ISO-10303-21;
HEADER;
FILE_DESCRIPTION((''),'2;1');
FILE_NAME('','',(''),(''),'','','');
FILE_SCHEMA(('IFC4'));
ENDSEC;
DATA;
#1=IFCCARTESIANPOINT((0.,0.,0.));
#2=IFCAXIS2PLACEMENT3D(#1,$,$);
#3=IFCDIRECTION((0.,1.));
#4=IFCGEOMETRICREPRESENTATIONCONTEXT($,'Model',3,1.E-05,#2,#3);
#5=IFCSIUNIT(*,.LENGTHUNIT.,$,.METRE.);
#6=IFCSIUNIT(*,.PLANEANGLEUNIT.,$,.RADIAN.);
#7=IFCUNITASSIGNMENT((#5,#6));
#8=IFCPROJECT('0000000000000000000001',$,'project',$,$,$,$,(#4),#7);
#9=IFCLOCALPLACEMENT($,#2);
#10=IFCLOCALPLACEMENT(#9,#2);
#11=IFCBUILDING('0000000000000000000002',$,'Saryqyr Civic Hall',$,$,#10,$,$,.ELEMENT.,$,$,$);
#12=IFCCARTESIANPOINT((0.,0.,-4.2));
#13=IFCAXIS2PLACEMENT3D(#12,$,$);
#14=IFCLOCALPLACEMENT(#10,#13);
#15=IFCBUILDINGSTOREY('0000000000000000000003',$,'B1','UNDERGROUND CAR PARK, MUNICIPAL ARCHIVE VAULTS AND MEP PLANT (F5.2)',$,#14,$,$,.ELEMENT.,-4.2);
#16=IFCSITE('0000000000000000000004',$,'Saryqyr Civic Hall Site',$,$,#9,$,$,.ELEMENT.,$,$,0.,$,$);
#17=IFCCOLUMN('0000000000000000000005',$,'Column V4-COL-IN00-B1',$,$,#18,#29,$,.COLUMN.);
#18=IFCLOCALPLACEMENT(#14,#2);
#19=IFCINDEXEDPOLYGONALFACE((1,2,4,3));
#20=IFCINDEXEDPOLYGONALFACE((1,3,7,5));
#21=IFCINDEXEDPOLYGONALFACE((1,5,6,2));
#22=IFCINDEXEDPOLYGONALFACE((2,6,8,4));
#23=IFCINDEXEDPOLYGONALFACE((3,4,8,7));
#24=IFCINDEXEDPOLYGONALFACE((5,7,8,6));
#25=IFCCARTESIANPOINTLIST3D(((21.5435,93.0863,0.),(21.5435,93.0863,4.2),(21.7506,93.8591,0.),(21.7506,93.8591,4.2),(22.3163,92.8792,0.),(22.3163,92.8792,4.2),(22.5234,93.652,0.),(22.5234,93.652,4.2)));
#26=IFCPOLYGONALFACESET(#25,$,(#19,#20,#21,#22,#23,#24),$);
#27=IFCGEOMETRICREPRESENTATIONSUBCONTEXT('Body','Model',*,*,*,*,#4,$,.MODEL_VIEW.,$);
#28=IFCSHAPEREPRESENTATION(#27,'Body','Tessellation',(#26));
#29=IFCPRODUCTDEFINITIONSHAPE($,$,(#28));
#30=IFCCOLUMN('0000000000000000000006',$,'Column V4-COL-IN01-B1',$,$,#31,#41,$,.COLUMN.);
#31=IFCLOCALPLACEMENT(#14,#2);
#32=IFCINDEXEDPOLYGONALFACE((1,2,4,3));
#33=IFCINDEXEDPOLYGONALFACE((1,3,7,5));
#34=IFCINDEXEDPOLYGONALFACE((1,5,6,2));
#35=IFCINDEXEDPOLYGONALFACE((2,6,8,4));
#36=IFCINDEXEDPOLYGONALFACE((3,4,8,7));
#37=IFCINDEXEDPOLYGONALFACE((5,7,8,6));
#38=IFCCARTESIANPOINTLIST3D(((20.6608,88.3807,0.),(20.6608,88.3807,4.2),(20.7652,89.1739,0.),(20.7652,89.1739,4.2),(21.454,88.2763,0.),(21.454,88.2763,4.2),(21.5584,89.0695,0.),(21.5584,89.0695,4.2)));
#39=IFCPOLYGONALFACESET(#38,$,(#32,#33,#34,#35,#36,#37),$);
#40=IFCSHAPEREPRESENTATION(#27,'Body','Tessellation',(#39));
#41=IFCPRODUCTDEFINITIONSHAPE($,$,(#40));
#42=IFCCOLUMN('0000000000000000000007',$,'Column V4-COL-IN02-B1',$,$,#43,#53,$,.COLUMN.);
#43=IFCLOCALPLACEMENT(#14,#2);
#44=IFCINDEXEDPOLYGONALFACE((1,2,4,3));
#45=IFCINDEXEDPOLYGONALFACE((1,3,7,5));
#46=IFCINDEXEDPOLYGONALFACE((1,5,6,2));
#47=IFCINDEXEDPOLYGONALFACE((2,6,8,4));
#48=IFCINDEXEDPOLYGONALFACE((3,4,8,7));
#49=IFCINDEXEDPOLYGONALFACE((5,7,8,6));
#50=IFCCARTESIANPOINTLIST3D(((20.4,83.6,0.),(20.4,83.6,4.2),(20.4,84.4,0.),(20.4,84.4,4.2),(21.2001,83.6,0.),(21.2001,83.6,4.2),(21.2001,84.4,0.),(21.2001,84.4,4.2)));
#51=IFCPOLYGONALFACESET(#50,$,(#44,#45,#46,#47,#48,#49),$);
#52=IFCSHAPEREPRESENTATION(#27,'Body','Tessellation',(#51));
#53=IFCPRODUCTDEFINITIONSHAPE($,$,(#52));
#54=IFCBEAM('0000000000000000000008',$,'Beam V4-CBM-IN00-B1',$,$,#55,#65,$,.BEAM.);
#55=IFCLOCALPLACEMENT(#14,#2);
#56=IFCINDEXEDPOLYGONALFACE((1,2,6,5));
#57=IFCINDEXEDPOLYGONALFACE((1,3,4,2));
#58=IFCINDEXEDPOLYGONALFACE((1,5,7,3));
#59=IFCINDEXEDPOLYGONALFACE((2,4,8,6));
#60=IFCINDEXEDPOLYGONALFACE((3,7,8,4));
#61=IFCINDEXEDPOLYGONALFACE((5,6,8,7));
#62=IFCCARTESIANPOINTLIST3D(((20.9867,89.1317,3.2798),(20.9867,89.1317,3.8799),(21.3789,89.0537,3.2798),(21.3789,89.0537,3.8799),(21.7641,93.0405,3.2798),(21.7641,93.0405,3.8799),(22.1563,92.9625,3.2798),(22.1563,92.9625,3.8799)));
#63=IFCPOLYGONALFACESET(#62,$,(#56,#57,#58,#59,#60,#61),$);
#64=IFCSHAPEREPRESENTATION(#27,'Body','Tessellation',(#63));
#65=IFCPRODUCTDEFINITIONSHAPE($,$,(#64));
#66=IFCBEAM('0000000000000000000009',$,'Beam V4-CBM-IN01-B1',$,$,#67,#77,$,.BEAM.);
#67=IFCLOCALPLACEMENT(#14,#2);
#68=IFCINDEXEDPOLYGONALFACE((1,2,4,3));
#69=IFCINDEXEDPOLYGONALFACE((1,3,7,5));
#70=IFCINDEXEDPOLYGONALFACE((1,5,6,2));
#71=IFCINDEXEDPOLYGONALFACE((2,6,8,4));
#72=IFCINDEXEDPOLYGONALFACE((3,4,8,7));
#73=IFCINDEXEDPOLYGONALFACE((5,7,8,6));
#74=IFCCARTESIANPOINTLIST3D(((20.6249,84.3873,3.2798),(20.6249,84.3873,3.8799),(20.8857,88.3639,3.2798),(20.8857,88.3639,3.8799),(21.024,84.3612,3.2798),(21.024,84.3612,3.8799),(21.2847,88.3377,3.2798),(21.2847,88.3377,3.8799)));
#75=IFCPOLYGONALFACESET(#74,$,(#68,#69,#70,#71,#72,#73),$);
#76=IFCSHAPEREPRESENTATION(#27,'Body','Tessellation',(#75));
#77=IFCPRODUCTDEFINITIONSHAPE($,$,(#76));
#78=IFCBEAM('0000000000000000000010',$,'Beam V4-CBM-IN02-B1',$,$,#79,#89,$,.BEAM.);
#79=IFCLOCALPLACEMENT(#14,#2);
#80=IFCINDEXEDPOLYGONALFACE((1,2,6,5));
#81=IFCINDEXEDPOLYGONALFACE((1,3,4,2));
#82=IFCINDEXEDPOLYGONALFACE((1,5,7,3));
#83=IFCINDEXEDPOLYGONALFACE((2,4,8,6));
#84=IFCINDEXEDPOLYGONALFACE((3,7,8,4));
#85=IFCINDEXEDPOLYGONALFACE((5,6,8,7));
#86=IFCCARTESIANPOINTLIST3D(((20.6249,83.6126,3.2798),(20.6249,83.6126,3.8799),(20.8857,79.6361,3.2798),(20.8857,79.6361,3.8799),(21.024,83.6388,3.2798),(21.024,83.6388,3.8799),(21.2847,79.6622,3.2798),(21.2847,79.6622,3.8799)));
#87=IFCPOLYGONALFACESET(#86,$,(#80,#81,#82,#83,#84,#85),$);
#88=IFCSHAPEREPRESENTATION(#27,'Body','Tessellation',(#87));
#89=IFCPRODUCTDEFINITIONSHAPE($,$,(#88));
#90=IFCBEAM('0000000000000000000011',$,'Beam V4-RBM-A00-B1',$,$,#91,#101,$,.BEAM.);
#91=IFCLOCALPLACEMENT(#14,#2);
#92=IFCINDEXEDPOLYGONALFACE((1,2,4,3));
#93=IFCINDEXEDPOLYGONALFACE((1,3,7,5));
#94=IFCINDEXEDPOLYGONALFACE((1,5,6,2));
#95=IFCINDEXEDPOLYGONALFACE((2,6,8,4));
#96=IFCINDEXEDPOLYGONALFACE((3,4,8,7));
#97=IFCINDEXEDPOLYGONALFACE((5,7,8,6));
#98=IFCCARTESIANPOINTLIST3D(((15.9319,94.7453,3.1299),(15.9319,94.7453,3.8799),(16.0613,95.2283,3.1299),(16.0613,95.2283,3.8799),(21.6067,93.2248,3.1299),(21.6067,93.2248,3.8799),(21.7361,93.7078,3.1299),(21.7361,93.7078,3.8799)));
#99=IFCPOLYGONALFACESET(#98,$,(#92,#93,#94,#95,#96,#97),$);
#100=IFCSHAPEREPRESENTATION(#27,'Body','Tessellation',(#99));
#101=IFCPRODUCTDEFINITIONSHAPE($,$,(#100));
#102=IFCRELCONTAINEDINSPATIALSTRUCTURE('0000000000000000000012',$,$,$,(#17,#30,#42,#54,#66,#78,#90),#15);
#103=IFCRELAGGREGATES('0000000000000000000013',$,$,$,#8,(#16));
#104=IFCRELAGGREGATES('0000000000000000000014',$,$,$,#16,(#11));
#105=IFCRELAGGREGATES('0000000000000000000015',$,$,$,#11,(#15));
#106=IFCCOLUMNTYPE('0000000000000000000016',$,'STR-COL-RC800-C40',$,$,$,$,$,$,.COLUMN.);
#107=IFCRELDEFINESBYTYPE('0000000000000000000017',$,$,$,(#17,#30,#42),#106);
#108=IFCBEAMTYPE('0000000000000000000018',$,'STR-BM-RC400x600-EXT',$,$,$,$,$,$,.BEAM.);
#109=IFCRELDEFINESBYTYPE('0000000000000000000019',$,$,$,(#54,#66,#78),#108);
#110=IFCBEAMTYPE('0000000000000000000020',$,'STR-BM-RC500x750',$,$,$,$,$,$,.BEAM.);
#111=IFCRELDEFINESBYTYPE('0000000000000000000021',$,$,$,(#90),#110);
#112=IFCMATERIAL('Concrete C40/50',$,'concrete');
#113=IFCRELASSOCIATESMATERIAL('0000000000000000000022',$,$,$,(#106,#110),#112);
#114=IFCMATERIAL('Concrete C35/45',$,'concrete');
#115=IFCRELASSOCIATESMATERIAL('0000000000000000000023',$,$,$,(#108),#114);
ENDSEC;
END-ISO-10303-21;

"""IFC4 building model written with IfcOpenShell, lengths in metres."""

from ifc_helpers import new_model, si_unit, direction, frame, origin, origin_2d, place, context, subcontext, project, spatial, rectangle, extrude, material, material_profile, profile_set, type_object, element, save


model = new_model("IFC4")

# Units and contexts
model_context = context("Model", 3, precision=1e-05, world=origin(), true_north=direction((0.0, 1.0)))
body_context = subcontext(model_context, "Body", "Model", "MODEL_VIEW")
ifc_project = project(units=[si_unit("LENGTHUNIT", "METRE"), si_unit("PLANEANGLEUNIT", "RADIAN")], contexts=[model_context])

# Site, building, storey
site_placement = place(None, origin())
site = spatial("IfcSite", under=ifc_project, at=site_placement, Name="Saryqyr Civic Hall Site", CompositionType="ELEMENT", RefElevation=0.0)
building_placement = place(site_placement, origin())
building = spatial("IfcBuilding", under=site, at=building_placement, Name="Saryqyr Civic Hall", CompositionType="ELEMENT")
storey_placement = place(building_placement, frame((0.0, 0.0, -4.2)))
storey = spatial("IfcBuildingStorey", under=building, at=storey_placement, Name="B1", Description="UNDERGROUND CAR PARK, MUNICIPAL ARCHIVE VAULTS AND MEP PLANT (F5.2)", CompositionType="ELEMENT", Elevation=-4.2)

# Shared definitions
ifc_material_1 = material(Name="Concrete C35/45", Category="concrete")

# Columns
ifc_material_2 = material(Name="Concrete C40/50", Category="concrete")
ifc_material_profile_1 = material_profile(ifc_material_2, rectangle(XDim=0.8, YDim=0.8, at=origin_2d()), Name="RC 800x800")
ifc_profile_set_1 = profile_set([ifc_material_profile_1], Name="Concrete C40/50")
column_type_1 = type_object("IfcColumnType", Name="STR-COL-RC800-C40", PredefinedType="COLUMN", material=ifc_profile_set_1)
for number, where, z_axis, x_axis, name in (
    (1, (22.0334, 93.3691, 0.0), (0.0, 0.0, 1.0), (-0.965926, 0.258819, 0.0), "Column V4-COL-IN00-B1"),
    (2, (21.1096, 88.7251, 0.0), (0.0, 0.0, 1.0), (-0.991445, 0.130526, 0.0), "Column V4-COL-IN01-B1"),
    (3, (20.8, 84.0, 0.0), (0.0, 0.0, 1.0), (-1.0, 0.0, 0.0), "Column V4-COL-IN02-B1"),
):
    element("IfcColumn", number, at=place(storey_placement, frame(where, z_axis=z_axis, x_axis=x_axis)), inside=storey, type_object=column_type_1, Name=name, PredefinedType="COLUMN", context=body_context, shape_type="SweptSolid", body=[
        extrude(rectangle(XDim=0.8, YDim=0.8, at=origin_2d()), origin(), (0.0, 0.0, 1.0), 4.2),
    ])

# Beams
ifc_material_profile_2 = material_profile(ifc_material_1, rectangle(XDim=0.3999, YDim=0.6001, at=origin_2d()), Name="RC 400x600")
ifc_profile_set_2 = profile_set([ifc_material_profile_2], Name="Concrete C35/45")
beam_type_1 = type_object("IfcBeamType", Name="STR-BM-RC400x600-EXT", PredefinedType="BEAM", material=ifc_profile_set_2)
beam_1_placement = place(storey_placement, frame((21.9602, 93.0015, 3.5798), z_axis=(-0.195056, -0.980792, 0.0), x_axis=(0.980792, -0.195056, 0.0)))
element("IfcBeam", 4, at=beam_1_placement, inside=storey, type_object=beam_type_1, Name="Beam V4-CBM-IN00-B1", PredefinedType="BEAM", context=body_context, shape_type="SweptSolid", body=[
    extrude(rectangle(XDim=0.3999, YDim=0.6001, at=origin_2d()), origin(), (0.0, 0.0, 1.0), 3.9854),
])
for number, where, z_axis, x_axis, name in (
    (5, (21.0852, 88.3508, 3.5798), (-0.065429, -0.997857, 0.0), (0.997857, -0.065429, 0.0), "Beam V4-CBM-IN01-B1"),
    (6, (20.8245, 83.6257, 3.5798), (0.065429, -0.997857, 0.0), (0.997857, 0.065429, 0.0), "Beam V4-CBM-IN02-B1"),
):
    element("IfcBeam", number, at=place(storey_placement, frame(where, z_axis=z_axis, x_axis=x_axis)), inside=storey, type_object=beam_type_1, Name=name, PredefinedType="BEAM", context=body_context, shape_type="SweptSolid", body=[
        extrude(rectangle(XDim=0.3999, YDim=0.6001, at=origin_2d()), origin(), (0.0, 0.0, 1.0), 3.9851),
    ])
ifc_material_profile_3 = material_profile(ifc_material_2, rectangle(XDim=0.5, YDim=0.75, at=origin_2d()), Name="RC 500x750")
ifc_profile_set_3 = profile_set([ifc_material_profile_3], Name="Concrete C40/50")
beam_type_2 = type_object("IfcBeamType", Name="STR-BM-RC500x750", PredefinedType="BEAM", material=ifc_profile_set_3)
beam_2_placement = place(storey_placement, frame((21.6714, 93.4663, 3.5049), z_axis=(-0.965928, 0.258811, 0.0), x_axis=(-0.258811, -0.965928, 0.0)))
element("IfcBeam", 7, at=beam_2_placement, inside=storey, type_object=beam_type_2, Name="Beam V4-RBM-A00-B1", PredefinedType="BEAM", context=body_context, shape_type="SweptSolid", body=[
    extrude(rectangle(XDim=0.5, YDim=0.75, at=origin_2d()), origin(), (0.0, 0.0, 1.0), 5.875),
])

save(model, "model.ifc")
